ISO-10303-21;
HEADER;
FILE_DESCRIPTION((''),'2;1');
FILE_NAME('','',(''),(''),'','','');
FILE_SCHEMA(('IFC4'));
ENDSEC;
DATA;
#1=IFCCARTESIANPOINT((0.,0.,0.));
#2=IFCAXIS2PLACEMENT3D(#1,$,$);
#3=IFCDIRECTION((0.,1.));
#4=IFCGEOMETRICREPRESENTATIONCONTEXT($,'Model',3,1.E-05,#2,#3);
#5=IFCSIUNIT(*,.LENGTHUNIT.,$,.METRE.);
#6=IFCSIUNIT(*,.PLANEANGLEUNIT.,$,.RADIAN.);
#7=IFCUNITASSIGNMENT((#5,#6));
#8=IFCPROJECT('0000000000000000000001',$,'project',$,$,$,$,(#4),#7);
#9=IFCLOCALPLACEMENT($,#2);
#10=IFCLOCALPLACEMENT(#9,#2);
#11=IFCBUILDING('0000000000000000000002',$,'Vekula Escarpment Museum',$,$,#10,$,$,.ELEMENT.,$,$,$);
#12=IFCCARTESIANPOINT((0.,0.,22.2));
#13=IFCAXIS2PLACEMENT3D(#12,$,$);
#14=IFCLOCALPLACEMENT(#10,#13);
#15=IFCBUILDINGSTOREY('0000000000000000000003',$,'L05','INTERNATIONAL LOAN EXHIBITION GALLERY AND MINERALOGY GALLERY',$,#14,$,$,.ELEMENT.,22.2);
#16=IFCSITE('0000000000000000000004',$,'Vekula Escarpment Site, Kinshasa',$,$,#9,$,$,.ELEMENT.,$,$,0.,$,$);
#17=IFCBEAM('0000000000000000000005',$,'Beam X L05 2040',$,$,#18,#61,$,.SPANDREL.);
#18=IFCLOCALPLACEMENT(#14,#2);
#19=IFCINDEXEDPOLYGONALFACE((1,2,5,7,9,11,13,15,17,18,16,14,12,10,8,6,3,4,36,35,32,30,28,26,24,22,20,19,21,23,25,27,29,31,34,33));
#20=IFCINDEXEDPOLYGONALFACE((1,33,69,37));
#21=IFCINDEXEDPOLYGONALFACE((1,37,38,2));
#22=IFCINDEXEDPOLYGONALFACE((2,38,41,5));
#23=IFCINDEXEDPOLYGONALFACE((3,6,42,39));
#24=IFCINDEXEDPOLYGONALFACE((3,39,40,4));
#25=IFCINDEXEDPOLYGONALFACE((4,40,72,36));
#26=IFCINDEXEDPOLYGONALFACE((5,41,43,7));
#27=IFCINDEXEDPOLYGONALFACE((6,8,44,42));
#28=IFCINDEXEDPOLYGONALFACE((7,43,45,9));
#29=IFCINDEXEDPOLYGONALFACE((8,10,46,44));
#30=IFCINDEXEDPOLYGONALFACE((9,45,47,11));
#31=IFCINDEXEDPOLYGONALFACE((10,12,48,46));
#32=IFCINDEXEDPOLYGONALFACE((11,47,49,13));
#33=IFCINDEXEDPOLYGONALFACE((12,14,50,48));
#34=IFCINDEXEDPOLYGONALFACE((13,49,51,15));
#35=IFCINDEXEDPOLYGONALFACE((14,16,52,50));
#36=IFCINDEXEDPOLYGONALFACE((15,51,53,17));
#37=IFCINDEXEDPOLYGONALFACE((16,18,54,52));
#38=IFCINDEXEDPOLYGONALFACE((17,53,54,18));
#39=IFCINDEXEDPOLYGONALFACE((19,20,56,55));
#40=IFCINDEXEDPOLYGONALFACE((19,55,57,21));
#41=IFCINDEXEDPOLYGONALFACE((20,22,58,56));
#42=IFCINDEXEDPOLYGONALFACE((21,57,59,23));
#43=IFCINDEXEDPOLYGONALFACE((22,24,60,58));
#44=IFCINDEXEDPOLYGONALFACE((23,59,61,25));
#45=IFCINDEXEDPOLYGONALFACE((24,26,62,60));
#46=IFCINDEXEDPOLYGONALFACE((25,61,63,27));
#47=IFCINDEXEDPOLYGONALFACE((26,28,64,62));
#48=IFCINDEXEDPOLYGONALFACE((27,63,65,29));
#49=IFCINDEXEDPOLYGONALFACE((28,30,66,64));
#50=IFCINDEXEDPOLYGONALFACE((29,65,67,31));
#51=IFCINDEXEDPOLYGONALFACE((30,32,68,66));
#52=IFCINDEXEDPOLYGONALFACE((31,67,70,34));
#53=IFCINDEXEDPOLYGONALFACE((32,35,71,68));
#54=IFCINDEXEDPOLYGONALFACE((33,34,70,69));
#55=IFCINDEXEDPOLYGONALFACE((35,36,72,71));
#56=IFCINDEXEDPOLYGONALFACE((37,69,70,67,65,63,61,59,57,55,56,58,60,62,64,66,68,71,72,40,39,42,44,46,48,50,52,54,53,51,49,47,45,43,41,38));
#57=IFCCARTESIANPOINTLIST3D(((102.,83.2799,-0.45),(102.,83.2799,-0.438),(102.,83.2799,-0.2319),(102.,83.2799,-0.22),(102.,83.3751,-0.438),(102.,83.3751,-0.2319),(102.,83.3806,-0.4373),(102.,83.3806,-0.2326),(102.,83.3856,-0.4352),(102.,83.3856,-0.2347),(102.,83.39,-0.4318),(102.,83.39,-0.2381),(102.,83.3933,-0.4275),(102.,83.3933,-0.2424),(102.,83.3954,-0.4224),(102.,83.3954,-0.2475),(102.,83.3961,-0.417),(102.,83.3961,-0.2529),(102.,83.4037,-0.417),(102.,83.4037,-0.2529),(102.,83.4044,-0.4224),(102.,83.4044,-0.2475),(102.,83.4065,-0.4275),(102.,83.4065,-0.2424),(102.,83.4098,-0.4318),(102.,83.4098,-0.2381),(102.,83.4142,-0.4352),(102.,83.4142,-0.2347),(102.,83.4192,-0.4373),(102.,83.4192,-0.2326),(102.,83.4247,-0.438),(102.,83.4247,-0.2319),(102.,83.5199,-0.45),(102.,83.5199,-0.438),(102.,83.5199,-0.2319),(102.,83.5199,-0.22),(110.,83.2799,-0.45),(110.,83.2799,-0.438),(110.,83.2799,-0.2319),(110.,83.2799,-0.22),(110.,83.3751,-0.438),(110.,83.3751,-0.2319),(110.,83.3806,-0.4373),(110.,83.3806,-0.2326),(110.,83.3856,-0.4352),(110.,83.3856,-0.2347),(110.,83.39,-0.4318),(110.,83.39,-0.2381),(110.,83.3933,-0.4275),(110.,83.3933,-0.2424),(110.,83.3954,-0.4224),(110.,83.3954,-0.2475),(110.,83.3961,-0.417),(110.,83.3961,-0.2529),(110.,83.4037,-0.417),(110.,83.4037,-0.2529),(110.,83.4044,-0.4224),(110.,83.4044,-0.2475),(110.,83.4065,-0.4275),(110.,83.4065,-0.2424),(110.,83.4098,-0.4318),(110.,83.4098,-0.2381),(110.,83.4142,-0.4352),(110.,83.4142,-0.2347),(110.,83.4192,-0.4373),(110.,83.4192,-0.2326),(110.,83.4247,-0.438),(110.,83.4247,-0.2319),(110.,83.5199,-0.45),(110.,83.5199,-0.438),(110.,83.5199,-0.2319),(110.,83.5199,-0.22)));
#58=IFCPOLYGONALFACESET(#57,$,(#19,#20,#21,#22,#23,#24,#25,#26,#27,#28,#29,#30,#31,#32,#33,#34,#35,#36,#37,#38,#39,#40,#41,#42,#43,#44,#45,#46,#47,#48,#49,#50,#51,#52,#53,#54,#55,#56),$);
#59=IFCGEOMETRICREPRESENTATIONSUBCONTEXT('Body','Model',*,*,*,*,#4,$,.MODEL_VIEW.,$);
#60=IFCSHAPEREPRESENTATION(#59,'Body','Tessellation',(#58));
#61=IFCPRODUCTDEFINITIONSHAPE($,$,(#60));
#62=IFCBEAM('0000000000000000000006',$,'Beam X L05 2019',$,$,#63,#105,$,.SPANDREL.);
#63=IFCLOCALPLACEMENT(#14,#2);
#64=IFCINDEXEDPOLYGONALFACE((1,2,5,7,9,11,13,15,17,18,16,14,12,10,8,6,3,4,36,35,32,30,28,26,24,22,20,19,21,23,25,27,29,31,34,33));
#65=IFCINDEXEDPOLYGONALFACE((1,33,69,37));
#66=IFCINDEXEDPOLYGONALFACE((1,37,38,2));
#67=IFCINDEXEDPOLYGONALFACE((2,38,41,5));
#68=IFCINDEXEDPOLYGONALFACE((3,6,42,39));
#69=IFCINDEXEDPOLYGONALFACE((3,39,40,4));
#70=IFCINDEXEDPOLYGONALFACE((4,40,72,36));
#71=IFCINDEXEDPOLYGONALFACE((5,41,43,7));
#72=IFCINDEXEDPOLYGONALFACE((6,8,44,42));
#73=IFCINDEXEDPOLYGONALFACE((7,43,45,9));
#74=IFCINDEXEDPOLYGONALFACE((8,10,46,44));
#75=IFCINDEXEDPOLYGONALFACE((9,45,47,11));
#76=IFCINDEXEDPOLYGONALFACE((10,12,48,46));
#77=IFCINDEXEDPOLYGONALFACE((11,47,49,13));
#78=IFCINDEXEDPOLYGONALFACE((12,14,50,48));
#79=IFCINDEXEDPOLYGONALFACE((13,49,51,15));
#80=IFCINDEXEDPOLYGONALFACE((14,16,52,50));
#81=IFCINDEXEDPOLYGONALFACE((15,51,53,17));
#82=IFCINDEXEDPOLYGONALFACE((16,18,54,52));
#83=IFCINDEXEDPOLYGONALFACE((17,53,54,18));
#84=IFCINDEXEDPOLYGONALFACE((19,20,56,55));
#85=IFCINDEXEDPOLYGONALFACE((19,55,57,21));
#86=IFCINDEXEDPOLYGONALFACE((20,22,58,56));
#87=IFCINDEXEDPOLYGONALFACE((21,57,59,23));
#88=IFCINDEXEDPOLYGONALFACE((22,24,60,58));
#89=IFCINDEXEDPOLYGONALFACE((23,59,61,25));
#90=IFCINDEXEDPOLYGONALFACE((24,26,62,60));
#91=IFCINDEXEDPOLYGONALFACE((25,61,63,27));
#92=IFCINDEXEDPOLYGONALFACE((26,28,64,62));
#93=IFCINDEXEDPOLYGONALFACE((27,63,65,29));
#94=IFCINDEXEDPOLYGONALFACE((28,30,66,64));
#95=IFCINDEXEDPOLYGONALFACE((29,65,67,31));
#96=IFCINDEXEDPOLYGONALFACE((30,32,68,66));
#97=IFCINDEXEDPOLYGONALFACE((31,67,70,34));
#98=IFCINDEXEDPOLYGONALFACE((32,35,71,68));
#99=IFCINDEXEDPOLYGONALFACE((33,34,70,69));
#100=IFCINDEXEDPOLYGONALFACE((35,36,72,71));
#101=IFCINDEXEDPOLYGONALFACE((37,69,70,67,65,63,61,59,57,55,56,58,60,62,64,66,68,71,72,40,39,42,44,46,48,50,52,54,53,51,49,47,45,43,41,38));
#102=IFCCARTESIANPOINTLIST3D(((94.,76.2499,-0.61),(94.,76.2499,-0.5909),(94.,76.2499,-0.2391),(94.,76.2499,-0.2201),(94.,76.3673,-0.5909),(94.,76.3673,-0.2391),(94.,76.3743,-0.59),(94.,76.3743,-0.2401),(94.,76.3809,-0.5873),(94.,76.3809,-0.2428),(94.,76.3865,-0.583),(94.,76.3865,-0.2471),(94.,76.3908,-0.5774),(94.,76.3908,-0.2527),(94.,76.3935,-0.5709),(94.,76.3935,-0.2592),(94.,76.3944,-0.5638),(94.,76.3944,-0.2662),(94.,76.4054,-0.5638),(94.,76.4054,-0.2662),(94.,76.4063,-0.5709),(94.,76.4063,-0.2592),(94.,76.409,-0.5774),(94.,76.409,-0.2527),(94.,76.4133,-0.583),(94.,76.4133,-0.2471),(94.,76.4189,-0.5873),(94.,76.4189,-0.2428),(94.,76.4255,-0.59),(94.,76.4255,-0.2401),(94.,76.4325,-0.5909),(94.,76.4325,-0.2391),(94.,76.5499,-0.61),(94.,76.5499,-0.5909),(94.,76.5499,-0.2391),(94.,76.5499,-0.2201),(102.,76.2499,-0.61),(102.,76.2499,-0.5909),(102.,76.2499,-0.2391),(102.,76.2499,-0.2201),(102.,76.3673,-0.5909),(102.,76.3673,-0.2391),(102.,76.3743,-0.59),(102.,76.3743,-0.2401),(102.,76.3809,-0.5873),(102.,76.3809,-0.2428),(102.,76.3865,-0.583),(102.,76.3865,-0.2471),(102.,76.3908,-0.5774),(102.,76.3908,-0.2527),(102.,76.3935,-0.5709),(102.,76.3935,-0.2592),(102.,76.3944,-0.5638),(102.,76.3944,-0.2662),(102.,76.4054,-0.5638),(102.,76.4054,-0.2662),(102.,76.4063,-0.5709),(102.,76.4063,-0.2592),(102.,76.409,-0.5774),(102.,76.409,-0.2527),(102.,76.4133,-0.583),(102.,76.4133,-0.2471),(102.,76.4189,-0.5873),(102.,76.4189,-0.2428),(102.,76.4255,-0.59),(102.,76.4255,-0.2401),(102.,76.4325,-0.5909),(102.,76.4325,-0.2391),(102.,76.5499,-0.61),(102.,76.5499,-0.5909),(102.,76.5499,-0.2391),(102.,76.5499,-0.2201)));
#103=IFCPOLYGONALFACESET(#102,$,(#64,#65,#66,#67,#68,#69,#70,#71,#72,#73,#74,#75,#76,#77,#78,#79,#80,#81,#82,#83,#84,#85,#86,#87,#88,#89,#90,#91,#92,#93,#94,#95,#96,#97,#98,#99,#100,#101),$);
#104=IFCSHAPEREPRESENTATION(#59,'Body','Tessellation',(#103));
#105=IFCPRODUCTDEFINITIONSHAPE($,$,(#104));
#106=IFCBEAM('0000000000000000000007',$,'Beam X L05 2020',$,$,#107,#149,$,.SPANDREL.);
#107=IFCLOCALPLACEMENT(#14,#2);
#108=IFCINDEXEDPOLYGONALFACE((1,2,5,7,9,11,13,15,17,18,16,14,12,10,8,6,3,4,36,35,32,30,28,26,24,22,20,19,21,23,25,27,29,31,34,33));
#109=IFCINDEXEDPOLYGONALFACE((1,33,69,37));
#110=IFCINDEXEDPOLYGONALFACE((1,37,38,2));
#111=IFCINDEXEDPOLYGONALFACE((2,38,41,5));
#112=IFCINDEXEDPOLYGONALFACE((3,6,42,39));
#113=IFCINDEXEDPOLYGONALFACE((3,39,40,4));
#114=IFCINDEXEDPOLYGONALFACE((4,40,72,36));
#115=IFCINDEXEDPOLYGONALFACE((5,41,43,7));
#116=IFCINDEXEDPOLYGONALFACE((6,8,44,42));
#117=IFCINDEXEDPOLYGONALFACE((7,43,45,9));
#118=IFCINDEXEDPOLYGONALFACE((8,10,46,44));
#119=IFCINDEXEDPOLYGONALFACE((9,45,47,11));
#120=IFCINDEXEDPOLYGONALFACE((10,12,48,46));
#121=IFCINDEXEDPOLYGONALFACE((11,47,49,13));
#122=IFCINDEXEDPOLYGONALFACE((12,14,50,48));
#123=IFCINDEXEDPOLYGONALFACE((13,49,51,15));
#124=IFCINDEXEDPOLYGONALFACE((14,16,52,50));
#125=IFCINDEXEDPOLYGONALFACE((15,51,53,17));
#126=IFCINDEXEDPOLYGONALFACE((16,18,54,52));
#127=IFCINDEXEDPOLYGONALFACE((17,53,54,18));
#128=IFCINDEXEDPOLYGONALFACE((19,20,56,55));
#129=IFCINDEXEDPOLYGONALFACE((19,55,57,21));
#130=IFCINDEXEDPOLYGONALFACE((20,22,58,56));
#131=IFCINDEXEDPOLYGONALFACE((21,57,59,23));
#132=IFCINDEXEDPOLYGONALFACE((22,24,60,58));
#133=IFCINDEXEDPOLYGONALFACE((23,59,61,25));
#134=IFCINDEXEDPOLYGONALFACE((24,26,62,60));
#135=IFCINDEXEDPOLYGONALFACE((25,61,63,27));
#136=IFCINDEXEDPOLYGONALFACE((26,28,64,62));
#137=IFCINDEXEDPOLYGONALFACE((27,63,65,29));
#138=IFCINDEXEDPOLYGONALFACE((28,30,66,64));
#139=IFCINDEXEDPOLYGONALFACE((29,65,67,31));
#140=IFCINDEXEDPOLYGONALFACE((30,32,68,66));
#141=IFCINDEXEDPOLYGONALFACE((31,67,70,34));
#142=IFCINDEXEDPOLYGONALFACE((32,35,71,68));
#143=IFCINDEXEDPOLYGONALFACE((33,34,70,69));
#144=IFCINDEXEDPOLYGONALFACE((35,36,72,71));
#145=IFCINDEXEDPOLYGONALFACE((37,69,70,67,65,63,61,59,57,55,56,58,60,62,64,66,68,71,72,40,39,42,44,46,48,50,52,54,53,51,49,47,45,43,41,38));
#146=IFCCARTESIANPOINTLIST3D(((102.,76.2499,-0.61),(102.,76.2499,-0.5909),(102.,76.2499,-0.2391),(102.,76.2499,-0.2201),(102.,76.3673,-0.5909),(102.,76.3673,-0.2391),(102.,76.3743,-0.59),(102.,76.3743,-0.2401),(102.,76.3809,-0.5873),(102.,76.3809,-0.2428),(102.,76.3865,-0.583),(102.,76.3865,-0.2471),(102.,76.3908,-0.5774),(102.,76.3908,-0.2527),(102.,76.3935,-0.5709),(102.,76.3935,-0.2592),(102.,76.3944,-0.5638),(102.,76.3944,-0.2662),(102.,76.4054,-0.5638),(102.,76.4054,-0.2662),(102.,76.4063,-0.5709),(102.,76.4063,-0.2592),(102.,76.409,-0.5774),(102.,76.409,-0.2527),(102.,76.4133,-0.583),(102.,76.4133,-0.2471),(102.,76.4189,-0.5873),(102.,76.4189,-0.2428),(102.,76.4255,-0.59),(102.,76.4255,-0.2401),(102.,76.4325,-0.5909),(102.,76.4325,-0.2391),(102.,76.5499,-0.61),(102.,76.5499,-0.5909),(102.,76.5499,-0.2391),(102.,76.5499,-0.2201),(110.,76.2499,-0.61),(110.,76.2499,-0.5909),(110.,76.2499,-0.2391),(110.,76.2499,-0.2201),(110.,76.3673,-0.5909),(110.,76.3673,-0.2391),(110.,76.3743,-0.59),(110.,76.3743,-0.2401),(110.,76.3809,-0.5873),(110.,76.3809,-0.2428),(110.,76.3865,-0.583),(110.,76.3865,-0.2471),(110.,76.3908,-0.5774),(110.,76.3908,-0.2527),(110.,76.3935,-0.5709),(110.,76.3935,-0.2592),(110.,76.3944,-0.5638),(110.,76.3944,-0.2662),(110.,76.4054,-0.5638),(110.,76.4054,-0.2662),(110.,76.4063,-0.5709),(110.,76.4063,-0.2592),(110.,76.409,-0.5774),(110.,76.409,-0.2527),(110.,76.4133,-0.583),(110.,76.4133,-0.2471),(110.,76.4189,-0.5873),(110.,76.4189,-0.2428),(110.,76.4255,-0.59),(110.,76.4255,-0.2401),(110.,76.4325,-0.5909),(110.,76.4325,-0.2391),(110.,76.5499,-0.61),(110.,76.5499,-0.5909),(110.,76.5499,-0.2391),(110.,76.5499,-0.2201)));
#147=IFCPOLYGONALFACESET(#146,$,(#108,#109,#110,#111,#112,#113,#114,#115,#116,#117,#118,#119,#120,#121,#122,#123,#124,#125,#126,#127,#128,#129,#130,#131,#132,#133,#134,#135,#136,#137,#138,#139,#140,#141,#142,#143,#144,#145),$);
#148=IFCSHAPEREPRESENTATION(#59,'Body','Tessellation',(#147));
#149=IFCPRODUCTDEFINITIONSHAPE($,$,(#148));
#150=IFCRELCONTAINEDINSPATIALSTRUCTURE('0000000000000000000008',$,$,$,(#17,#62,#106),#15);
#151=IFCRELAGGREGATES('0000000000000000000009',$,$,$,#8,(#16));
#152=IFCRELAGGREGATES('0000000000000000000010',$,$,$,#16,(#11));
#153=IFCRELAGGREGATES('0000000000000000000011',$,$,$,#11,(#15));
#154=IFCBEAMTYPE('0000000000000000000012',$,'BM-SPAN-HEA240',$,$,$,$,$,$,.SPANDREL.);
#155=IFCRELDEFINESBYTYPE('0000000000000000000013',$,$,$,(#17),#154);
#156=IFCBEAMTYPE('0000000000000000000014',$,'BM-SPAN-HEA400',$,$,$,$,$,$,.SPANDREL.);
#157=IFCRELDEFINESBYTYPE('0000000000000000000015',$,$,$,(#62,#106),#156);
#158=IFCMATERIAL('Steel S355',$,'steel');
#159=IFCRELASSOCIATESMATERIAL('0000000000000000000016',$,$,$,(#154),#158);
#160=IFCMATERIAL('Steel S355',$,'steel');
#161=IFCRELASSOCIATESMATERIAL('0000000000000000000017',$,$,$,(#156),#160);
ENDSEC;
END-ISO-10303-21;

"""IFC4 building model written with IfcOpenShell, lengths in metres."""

from ifc_helpers import new_model, si_unit, direction, frame, origin, origin_2d, place, context, subcontext, project, spatial, i_section, extrude, material, material_profile, profile_set, type_object, element, save


model = new_model("IFC4")

# Units and contexts
model_context = context("Model", 3, precision=1e-05, world=origin(), true_north=direction((0.0, 1.0)))
body_context = subcontext(model_context, "Body", "Model", "MODEL_VIEW")
ifc_project = project(units=[si_unit("LENGTHUNIT", "METRE"), si_unit("PLANEANGLEUNIT", "RADIAN")], contexts=[model_context])

# Site, building, storey
site_placement = place(None, origin())
site = spatial("IfcSite", under=ifc_project, at=site_placement, Name="Vekula Escarpment Site, Kinshasa", CompositionType="ELEMENT", RefElevation=0.0)
building_placement = place(site_placement, origin())
building = spatial("IfcBuilding", under=site, at=building_placement, Name="Vekula Escarpment Museum", CompositionType="ELEMENT")
storey_placement = place(building_placement, frame((0.0, 0.0, 22.2)))
storey = spatial("IfcBuildingStorey", under=building, at=storey_placement, Name="L05", Description="INTERNATIONAL LOAN EXHIBITION GALLERY AND MINERALOGY GALLERY", CompositionType="ELEMENT", Elevation=22.2)

# Beams
ifc_material_1 = material(Name="Steel S355", Category="steel")
ifc_material_profile_1 = material_profile(ifc_material_1, i_section(OverallWidth=0.24, OverallDepth=0.23, WebThickness=0.0076, FlangeThickness=0.012, FilletRadius=0.021, at=origin_2d()), Name="HEA 240")
ifc_profile_set_1 = profile_set([ifc_material_profile_1], Name="Steel S355")
beam_type_1 = type_object("IfcBeamType", Name="BM-SPAN-HEA240", PredefinedType="SPANDREL", material=ifc_profile_set_1)
beam_1_placement = place(storey_placement, frame((102.0, 83.3999, -0.335), z_axis=(1.0, 0.0, 0.0), x_axis=(0.0, 1.0, 0.0)))
element("IfcBeam", 1, at=beam_1_placement, inside=storey, type_object=beam_type_1, Name="Beam X L05 2040", PredefinedType="SPANDREL", context=body_context, shape_type="SweptSolid", body=[
    extrude(i_section(OverallWidth=0.24, OverallDepth=0.23, WebThickness=0.0076, FlangeThickness=0.012, FilletRadius=0.021, at=origin_2d()), origin(), (0.0, 0.0, 1.0), 8.0),
])
ifc_material_2 = material(Name="Steel S355", Category="steel")
ifc_material_profile_2 = material_profile(ifc_material_2, i_section(OverallWidth=0.3, OverallDepth=0.3899, WebThickness=0.011, FlangeThickness=0.019, FilletRadius=0.0271, at=origin_2d()), Name="HEA 400")
ifc_profile_set_2 = profile_set([ifc_material_profile_2], Name="Steel S355")
beam_type_2 = type_object("IfcBeamType", Name="BM-SPAN-HEA400", PredefinedType="SPANDREL", material=ifc_profile_set_2)
for number, where, z_axis, x_axis, name in (
    (2, (94.0, 76.3999, -0.415), (1.0, 0.0, 0.0), (0.0, 1.0, 0.0), "Beam X L05 2019"),
    (3, (102.0, 76.3999, -0.415), (1.0, 0.0, 0.0), (0.0, 1.0, 0.0), "Beam X L05 2020"),
):
    element("IfcBeam", number, at=place(storey_placement, frame(where, z_axis=z_axis, x_axis=x_axis)), inside=storey, type_object=beam_type_2, Name=name, PredefinedType="SPANDREL", context=body_context, shape_type="SweptSolid", body=[
        extrude(i_section(OverallWidth=0.3, OverallDepth=0.3899, WebThickness=0.011, FlangeThickness=0.019, FilletRadius=0.0271, at=origin_2d()), origin(), (0.0, 0.0, 1.0), 8.0),
    ])

save(model, "model.ifc")
